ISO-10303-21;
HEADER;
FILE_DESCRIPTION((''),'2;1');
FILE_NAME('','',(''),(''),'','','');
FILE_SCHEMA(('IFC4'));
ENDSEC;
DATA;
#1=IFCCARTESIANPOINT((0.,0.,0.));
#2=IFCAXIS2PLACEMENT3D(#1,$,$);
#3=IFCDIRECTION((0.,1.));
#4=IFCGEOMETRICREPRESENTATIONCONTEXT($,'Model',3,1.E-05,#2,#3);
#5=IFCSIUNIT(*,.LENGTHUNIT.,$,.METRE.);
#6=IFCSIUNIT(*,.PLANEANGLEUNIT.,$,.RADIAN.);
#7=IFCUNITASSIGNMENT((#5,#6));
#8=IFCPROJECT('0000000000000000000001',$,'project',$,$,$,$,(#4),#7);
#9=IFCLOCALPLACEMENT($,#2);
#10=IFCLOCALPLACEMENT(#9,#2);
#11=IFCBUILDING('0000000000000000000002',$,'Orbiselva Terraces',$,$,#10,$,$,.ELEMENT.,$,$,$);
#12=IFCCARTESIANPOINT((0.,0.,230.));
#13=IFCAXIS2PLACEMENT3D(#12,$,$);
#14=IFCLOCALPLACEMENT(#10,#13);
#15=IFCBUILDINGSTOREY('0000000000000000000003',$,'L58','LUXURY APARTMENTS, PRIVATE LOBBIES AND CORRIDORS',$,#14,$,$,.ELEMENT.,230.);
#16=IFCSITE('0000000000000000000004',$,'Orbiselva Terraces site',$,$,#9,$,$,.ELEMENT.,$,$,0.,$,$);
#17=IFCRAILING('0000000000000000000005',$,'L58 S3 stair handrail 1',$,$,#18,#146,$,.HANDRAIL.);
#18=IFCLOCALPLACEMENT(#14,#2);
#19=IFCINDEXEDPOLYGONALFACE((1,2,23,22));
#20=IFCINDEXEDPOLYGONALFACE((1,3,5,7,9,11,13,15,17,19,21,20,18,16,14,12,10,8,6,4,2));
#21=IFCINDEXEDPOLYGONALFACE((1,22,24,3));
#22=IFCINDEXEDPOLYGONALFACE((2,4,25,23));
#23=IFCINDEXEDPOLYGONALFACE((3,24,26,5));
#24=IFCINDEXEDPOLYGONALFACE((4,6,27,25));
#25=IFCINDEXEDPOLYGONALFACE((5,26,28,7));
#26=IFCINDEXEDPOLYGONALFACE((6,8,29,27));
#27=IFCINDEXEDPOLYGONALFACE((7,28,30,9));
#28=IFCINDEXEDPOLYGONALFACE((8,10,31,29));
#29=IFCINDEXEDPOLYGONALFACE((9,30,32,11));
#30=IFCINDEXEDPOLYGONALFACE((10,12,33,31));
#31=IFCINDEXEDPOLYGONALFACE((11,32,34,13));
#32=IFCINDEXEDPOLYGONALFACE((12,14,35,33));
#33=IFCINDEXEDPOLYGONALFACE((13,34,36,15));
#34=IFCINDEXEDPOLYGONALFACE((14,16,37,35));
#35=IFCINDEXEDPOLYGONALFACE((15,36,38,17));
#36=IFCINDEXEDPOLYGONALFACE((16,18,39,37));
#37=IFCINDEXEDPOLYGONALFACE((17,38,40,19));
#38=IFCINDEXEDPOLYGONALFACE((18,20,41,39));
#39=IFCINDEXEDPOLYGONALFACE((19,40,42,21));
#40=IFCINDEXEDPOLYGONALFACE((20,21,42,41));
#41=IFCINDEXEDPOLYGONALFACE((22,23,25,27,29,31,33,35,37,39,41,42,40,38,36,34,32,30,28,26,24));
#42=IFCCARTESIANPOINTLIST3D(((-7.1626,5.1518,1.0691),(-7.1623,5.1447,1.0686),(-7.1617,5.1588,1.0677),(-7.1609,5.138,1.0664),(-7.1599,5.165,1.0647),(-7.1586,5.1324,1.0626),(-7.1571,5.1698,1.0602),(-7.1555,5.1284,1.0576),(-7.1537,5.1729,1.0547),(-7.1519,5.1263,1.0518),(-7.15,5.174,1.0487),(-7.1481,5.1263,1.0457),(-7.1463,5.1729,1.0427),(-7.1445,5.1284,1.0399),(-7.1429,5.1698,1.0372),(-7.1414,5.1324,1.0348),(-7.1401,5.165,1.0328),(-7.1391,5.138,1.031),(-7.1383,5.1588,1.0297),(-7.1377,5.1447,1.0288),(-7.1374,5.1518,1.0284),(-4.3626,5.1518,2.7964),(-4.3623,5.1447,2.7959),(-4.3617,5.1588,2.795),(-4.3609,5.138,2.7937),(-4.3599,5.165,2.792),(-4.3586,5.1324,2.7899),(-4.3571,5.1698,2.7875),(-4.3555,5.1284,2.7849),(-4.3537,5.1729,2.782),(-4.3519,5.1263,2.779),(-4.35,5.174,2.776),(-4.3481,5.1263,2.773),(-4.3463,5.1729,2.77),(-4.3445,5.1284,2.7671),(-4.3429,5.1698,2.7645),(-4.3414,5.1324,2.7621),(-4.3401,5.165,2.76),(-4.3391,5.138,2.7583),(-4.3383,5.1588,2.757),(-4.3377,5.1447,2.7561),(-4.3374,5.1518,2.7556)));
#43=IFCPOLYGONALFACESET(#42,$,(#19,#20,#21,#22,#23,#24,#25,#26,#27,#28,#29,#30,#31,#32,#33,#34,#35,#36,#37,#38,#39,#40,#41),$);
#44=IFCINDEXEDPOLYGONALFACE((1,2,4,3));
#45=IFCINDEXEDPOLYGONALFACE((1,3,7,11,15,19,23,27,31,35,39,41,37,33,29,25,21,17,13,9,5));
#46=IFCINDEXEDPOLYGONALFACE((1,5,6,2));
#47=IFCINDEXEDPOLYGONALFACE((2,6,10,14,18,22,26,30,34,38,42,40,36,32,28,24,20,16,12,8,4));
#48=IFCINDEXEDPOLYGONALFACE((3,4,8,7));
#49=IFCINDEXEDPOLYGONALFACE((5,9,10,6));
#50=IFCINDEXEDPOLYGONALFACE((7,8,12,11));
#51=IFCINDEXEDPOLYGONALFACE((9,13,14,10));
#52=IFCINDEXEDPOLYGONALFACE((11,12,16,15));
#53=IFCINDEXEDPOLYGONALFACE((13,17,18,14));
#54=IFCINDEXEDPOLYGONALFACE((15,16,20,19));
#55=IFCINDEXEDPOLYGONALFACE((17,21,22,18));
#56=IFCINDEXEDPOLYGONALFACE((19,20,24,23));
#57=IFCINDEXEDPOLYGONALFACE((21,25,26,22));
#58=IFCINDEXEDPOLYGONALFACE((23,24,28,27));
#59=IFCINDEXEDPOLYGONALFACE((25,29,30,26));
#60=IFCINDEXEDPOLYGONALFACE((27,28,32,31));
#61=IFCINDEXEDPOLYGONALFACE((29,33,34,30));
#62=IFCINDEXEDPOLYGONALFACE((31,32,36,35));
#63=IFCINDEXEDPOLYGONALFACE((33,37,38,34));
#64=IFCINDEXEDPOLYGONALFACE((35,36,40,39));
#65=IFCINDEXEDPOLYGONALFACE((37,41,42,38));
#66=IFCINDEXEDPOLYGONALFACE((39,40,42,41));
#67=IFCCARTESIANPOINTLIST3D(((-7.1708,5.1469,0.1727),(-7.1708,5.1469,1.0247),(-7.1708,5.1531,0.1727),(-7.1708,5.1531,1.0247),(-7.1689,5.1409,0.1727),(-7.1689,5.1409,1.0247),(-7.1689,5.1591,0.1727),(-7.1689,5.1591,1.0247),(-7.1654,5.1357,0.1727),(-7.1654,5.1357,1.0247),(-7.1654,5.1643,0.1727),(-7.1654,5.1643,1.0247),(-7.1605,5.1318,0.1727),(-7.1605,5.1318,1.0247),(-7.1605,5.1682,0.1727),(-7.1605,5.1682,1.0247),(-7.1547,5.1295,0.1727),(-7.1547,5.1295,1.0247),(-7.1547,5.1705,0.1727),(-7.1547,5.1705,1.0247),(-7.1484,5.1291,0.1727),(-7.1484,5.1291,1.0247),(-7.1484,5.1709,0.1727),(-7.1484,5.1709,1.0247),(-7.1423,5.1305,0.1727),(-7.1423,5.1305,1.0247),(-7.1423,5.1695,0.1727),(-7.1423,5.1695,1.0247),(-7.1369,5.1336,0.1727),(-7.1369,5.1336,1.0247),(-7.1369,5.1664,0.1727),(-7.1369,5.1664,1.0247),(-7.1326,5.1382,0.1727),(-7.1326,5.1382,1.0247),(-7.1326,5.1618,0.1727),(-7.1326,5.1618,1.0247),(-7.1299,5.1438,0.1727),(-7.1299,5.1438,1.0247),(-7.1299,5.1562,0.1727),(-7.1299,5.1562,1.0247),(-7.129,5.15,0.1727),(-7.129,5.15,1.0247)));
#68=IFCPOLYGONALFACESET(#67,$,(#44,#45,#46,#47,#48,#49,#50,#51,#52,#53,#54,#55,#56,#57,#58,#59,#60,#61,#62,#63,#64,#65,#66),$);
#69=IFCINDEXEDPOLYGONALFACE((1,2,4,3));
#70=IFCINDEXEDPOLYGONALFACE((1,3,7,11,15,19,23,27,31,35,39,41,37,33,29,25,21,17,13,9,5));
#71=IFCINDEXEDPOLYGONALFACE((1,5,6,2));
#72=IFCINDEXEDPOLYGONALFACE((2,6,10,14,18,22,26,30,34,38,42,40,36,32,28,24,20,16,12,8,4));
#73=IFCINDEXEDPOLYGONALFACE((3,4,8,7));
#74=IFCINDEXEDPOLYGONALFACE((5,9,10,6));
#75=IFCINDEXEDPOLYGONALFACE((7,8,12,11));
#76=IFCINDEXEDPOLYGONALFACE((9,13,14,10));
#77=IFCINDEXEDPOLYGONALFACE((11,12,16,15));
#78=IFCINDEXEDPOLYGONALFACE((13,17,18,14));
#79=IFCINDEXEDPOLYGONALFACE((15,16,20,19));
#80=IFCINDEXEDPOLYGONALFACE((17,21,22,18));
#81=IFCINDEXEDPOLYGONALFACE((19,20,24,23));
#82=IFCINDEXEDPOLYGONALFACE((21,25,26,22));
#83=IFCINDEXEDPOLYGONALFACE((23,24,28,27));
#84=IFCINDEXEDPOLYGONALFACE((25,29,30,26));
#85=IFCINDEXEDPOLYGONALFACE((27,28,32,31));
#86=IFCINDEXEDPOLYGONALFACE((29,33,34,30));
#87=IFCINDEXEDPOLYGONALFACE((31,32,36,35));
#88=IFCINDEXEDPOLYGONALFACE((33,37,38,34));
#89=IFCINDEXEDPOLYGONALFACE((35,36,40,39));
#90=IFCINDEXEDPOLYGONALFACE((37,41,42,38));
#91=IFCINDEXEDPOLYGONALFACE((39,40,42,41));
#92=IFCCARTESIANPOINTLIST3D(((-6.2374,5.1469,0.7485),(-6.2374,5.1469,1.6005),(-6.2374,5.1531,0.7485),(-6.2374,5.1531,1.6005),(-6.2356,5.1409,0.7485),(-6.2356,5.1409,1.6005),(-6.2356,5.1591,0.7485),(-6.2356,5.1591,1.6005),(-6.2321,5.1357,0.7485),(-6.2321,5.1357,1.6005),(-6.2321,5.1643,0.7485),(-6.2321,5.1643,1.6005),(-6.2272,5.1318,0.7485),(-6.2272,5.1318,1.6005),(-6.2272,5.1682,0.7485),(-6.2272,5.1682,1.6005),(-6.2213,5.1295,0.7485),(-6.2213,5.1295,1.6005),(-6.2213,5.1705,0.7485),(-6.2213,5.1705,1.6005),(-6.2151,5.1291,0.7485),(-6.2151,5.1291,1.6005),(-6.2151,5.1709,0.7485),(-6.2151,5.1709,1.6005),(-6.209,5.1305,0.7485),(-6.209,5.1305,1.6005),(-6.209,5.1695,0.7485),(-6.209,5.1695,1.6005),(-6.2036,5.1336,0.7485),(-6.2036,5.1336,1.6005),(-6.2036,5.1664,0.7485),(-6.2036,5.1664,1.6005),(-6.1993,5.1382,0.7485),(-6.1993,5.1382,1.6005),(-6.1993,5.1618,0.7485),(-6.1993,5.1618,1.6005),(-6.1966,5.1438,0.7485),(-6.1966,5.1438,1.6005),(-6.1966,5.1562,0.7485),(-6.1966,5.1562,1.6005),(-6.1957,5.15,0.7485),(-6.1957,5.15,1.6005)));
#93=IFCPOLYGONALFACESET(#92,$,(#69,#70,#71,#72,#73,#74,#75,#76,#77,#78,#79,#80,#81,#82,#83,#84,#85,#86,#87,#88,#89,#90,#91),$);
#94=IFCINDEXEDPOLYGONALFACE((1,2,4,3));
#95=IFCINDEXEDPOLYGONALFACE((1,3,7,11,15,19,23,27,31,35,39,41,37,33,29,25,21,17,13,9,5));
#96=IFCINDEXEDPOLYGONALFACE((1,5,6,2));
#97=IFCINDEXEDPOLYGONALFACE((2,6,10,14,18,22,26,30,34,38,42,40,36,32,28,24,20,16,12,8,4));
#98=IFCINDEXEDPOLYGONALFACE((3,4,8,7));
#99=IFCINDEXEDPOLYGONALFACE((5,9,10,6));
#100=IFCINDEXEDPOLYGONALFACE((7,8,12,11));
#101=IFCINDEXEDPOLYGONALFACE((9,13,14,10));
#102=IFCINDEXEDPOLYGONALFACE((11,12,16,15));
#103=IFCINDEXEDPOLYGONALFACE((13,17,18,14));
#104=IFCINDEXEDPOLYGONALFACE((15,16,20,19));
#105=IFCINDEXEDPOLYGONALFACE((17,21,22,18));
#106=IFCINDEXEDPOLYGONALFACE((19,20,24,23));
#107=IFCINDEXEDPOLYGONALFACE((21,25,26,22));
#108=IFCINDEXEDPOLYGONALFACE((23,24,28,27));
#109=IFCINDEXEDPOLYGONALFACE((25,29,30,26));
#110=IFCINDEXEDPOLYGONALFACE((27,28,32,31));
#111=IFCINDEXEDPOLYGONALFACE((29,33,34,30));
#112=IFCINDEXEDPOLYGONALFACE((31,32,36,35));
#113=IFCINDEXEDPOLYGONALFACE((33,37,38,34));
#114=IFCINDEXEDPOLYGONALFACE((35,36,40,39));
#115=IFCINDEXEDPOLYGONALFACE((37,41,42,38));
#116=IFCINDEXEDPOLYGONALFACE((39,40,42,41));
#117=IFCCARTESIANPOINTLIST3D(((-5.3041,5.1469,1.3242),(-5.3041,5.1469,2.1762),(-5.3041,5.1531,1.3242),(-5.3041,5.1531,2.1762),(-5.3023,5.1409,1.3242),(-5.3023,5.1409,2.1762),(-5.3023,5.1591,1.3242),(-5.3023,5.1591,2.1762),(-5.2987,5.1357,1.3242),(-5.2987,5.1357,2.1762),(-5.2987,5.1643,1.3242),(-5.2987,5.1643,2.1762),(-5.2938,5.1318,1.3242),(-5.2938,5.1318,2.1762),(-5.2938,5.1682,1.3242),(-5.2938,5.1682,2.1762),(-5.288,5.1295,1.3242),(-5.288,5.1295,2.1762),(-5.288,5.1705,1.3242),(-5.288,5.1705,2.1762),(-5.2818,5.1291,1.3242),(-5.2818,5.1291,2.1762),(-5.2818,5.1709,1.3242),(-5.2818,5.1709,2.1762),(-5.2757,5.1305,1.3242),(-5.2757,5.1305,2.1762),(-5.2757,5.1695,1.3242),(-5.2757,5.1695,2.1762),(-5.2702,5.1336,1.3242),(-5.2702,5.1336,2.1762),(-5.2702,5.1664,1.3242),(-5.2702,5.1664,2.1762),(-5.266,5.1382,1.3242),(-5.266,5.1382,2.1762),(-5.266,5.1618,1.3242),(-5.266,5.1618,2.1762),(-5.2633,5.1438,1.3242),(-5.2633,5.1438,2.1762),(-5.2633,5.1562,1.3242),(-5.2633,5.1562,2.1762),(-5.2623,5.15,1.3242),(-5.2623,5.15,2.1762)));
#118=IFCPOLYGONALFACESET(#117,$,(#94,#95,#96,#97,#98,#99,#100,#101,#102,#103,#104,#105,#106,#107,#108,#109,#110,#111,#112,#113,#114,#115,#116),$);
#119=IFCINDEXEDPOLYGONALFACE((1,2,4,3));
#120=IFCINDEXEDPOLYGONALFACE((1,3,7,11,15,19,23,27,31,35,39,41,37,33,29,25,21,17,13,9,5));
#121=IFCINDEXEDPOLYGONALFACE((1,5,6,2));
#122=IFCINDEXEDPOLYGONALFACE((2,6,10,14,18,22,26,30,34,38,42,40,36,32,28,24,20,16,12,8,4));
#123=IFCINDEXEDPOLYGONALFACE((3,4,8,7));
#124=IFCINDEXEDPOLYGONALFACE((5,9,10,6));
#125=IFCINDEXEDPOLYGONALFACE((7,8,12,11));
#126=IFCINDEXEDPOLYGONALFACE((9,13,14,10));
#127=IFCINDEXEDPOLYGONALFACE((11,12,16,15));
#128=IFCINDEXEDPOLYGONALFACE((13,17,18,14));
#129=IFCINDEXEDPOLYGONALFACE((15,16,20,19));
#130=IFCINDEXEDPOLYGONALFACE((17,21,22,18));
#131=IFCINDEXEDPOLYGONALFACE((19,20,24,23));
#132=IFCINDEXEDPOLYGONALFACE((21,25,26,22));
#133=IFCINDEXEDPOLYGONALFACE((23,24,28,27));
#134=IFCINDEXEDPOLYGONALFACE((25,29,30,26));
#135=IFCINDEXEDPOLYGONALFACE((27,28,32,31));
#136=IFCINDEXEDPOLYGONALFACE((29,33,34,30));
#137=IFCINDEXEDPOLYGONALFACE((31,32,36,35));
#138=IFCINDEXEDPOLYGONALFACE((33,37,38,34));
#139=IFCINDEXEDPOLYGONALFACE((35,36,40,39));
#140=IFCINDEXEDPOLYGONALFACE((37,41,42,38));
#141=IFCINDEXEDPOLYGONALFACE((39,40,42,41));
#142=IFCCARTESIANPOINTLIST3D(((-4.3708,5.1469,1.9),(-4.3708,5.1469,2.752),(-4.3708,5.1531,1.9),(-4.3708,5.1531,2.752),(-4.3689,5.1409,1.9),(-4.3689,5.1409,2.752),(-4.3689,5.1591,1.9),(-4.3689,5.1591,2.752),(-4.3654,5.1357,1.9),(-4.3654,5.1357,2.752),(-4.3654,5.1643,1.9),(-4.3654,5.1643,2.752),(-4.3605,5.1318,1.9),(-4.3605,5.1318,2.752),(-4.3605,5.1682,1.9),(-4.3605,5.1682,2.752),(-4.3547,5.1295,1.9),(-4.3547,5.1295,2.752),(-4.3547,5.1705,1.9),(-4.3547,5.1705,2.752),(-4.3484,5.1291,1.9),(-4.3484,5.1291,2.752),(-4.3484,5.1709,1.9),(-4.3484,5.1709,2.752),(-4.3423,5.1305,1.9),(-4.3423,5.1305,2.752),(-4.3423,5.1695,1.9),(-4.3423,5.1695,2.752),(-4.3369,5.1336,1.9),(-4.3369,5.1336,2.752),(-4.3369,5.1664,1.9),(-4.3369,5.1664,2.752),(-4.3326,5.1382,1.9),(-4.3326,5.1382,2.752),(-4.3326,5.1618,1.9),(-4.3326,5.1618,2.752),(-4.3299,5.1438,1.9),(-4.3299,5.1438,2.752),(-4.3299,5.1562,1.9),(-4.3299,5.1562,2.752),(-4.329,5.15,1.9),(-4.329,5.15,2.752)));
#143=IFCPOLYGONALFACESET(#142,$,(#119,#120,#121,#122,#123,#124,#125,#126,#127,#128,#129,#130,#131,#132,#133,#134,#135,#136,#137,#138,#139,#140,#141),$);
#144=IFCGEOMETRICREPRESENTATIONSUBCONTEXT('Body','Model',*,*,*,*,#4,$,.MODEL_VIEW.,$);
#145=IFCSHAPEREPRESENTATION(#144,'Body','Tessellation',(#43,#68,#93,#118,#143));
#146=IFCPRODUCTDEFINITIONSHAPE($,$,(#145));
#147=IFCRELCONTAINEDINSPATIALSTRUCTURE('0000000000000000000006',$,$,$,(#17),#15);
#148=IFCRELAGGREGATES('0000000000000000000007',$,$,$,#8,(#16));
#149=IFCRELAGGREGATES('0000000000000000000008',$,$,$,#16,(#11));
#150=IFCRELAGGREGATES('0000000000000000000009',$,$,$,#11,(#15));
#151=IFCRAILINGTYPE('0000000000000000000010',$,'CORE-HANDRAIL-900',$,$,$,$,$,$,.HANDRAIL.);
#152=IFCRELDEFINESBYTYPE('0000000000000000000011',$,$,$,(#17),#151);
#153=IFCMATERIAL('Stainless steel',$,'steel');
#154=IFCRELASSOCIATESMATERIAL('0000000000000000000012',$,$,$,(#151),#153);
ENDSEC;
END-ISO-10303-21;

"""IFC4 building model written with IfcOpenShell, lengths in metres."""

from ifc_helpers import new_model, si_unit, direction, frame, origin, origin_2d, place, context, subcontext, project, spatial, circle, extrude, material, type_object, element, save


model = new_model("IFC4")

# Units and contexts
model_context = context("Model", 3, precision=1e-05, world=origin(), true_north=direction((0.0, 1.0)))
body_context = subcontext(model_context, "Body", "Model", "MODEL_VIEW")
ifc_project = project(units=[si_unit("LENGTHUNIT", "METRE"), si_unit("PLANEANGLEUNIT", "RADIAN")], contexts=[model_context])

# Site, building, storey
site_placement = place(None, origin())
site = spatial("IfcSite", under=ifc_project, at=site_placement, Name="Orbiselva Terraces site", CompositionType="ELEMENT", RefElevation=0.0)
building_placement = place(site_placement, origin())
building = spatial("IfcBuilding", under=site, at=building_placement, Name="Orbiselva Terraces", CompositionType="ELEMENT")
storey_placement = place(building_placement, frame((0.0, 0.0, 230.0)))
storey = spatial("IfcBuildingStorey", under=building, at=storey_placement, Name="L58", Description="LUXURY APARTMENTS, PRIVATE LOBBIES AND CORRIDORS", CompositionType="ELEMENT", Elevation=230.0)

# Railing
ifc_material_1 = material(Name="Stainless steel", Category="steel")
railing_type_1 = type_object("IfcRailingType", Name="CORE-HANDRAIL-900", PredefinedType="HANDRAIL", material=ifc_material_1)
railing_1_placement = place(storey_placement, frame((-7.15, 5.15, 0.1727)))
element("IfcRailing", 1, at=railing_1_placement, inside=storey, type_object=railing_type_1, Name="L58 S3 stair handrail 1", PredefinedType="HANDRAIL", context=body_context, shape_type="SweptSolid", body=[
    extrude(circle(Radius=0.024, at=origin_2d()), frame((0.0, 0.0, 0.876), z_axis=(0.851089, 0.0, 0.525022), x_axis=(0.0, 1.0, 0.0)), (0.0, 0.0, 1.0), 3.2899),
    extrude(circle(Radius=0.021, at=origin_2d()), origin(), (0.0, 0.0, 1.0), 0.852),
    extrude(circle(Radius=0.021, at=origin_2d()), frame((0.9333, 0.0, 0.5758)), (0.0, 0.0, 1.0), 0.852),
    extrude(circle(Radius=0.021, at=origin_2d()), frame((1.8667, 0.0, 1.1515)), (0.0, 0.0, 1.0), 0.852),
    extrude(circle(Radius=0.021, at=origin_2d()), frame((2.8, 0.0, 1.7273)), (0.0, 0.0, 1.0), 0.852),
])

save(model, "model.ifc")
